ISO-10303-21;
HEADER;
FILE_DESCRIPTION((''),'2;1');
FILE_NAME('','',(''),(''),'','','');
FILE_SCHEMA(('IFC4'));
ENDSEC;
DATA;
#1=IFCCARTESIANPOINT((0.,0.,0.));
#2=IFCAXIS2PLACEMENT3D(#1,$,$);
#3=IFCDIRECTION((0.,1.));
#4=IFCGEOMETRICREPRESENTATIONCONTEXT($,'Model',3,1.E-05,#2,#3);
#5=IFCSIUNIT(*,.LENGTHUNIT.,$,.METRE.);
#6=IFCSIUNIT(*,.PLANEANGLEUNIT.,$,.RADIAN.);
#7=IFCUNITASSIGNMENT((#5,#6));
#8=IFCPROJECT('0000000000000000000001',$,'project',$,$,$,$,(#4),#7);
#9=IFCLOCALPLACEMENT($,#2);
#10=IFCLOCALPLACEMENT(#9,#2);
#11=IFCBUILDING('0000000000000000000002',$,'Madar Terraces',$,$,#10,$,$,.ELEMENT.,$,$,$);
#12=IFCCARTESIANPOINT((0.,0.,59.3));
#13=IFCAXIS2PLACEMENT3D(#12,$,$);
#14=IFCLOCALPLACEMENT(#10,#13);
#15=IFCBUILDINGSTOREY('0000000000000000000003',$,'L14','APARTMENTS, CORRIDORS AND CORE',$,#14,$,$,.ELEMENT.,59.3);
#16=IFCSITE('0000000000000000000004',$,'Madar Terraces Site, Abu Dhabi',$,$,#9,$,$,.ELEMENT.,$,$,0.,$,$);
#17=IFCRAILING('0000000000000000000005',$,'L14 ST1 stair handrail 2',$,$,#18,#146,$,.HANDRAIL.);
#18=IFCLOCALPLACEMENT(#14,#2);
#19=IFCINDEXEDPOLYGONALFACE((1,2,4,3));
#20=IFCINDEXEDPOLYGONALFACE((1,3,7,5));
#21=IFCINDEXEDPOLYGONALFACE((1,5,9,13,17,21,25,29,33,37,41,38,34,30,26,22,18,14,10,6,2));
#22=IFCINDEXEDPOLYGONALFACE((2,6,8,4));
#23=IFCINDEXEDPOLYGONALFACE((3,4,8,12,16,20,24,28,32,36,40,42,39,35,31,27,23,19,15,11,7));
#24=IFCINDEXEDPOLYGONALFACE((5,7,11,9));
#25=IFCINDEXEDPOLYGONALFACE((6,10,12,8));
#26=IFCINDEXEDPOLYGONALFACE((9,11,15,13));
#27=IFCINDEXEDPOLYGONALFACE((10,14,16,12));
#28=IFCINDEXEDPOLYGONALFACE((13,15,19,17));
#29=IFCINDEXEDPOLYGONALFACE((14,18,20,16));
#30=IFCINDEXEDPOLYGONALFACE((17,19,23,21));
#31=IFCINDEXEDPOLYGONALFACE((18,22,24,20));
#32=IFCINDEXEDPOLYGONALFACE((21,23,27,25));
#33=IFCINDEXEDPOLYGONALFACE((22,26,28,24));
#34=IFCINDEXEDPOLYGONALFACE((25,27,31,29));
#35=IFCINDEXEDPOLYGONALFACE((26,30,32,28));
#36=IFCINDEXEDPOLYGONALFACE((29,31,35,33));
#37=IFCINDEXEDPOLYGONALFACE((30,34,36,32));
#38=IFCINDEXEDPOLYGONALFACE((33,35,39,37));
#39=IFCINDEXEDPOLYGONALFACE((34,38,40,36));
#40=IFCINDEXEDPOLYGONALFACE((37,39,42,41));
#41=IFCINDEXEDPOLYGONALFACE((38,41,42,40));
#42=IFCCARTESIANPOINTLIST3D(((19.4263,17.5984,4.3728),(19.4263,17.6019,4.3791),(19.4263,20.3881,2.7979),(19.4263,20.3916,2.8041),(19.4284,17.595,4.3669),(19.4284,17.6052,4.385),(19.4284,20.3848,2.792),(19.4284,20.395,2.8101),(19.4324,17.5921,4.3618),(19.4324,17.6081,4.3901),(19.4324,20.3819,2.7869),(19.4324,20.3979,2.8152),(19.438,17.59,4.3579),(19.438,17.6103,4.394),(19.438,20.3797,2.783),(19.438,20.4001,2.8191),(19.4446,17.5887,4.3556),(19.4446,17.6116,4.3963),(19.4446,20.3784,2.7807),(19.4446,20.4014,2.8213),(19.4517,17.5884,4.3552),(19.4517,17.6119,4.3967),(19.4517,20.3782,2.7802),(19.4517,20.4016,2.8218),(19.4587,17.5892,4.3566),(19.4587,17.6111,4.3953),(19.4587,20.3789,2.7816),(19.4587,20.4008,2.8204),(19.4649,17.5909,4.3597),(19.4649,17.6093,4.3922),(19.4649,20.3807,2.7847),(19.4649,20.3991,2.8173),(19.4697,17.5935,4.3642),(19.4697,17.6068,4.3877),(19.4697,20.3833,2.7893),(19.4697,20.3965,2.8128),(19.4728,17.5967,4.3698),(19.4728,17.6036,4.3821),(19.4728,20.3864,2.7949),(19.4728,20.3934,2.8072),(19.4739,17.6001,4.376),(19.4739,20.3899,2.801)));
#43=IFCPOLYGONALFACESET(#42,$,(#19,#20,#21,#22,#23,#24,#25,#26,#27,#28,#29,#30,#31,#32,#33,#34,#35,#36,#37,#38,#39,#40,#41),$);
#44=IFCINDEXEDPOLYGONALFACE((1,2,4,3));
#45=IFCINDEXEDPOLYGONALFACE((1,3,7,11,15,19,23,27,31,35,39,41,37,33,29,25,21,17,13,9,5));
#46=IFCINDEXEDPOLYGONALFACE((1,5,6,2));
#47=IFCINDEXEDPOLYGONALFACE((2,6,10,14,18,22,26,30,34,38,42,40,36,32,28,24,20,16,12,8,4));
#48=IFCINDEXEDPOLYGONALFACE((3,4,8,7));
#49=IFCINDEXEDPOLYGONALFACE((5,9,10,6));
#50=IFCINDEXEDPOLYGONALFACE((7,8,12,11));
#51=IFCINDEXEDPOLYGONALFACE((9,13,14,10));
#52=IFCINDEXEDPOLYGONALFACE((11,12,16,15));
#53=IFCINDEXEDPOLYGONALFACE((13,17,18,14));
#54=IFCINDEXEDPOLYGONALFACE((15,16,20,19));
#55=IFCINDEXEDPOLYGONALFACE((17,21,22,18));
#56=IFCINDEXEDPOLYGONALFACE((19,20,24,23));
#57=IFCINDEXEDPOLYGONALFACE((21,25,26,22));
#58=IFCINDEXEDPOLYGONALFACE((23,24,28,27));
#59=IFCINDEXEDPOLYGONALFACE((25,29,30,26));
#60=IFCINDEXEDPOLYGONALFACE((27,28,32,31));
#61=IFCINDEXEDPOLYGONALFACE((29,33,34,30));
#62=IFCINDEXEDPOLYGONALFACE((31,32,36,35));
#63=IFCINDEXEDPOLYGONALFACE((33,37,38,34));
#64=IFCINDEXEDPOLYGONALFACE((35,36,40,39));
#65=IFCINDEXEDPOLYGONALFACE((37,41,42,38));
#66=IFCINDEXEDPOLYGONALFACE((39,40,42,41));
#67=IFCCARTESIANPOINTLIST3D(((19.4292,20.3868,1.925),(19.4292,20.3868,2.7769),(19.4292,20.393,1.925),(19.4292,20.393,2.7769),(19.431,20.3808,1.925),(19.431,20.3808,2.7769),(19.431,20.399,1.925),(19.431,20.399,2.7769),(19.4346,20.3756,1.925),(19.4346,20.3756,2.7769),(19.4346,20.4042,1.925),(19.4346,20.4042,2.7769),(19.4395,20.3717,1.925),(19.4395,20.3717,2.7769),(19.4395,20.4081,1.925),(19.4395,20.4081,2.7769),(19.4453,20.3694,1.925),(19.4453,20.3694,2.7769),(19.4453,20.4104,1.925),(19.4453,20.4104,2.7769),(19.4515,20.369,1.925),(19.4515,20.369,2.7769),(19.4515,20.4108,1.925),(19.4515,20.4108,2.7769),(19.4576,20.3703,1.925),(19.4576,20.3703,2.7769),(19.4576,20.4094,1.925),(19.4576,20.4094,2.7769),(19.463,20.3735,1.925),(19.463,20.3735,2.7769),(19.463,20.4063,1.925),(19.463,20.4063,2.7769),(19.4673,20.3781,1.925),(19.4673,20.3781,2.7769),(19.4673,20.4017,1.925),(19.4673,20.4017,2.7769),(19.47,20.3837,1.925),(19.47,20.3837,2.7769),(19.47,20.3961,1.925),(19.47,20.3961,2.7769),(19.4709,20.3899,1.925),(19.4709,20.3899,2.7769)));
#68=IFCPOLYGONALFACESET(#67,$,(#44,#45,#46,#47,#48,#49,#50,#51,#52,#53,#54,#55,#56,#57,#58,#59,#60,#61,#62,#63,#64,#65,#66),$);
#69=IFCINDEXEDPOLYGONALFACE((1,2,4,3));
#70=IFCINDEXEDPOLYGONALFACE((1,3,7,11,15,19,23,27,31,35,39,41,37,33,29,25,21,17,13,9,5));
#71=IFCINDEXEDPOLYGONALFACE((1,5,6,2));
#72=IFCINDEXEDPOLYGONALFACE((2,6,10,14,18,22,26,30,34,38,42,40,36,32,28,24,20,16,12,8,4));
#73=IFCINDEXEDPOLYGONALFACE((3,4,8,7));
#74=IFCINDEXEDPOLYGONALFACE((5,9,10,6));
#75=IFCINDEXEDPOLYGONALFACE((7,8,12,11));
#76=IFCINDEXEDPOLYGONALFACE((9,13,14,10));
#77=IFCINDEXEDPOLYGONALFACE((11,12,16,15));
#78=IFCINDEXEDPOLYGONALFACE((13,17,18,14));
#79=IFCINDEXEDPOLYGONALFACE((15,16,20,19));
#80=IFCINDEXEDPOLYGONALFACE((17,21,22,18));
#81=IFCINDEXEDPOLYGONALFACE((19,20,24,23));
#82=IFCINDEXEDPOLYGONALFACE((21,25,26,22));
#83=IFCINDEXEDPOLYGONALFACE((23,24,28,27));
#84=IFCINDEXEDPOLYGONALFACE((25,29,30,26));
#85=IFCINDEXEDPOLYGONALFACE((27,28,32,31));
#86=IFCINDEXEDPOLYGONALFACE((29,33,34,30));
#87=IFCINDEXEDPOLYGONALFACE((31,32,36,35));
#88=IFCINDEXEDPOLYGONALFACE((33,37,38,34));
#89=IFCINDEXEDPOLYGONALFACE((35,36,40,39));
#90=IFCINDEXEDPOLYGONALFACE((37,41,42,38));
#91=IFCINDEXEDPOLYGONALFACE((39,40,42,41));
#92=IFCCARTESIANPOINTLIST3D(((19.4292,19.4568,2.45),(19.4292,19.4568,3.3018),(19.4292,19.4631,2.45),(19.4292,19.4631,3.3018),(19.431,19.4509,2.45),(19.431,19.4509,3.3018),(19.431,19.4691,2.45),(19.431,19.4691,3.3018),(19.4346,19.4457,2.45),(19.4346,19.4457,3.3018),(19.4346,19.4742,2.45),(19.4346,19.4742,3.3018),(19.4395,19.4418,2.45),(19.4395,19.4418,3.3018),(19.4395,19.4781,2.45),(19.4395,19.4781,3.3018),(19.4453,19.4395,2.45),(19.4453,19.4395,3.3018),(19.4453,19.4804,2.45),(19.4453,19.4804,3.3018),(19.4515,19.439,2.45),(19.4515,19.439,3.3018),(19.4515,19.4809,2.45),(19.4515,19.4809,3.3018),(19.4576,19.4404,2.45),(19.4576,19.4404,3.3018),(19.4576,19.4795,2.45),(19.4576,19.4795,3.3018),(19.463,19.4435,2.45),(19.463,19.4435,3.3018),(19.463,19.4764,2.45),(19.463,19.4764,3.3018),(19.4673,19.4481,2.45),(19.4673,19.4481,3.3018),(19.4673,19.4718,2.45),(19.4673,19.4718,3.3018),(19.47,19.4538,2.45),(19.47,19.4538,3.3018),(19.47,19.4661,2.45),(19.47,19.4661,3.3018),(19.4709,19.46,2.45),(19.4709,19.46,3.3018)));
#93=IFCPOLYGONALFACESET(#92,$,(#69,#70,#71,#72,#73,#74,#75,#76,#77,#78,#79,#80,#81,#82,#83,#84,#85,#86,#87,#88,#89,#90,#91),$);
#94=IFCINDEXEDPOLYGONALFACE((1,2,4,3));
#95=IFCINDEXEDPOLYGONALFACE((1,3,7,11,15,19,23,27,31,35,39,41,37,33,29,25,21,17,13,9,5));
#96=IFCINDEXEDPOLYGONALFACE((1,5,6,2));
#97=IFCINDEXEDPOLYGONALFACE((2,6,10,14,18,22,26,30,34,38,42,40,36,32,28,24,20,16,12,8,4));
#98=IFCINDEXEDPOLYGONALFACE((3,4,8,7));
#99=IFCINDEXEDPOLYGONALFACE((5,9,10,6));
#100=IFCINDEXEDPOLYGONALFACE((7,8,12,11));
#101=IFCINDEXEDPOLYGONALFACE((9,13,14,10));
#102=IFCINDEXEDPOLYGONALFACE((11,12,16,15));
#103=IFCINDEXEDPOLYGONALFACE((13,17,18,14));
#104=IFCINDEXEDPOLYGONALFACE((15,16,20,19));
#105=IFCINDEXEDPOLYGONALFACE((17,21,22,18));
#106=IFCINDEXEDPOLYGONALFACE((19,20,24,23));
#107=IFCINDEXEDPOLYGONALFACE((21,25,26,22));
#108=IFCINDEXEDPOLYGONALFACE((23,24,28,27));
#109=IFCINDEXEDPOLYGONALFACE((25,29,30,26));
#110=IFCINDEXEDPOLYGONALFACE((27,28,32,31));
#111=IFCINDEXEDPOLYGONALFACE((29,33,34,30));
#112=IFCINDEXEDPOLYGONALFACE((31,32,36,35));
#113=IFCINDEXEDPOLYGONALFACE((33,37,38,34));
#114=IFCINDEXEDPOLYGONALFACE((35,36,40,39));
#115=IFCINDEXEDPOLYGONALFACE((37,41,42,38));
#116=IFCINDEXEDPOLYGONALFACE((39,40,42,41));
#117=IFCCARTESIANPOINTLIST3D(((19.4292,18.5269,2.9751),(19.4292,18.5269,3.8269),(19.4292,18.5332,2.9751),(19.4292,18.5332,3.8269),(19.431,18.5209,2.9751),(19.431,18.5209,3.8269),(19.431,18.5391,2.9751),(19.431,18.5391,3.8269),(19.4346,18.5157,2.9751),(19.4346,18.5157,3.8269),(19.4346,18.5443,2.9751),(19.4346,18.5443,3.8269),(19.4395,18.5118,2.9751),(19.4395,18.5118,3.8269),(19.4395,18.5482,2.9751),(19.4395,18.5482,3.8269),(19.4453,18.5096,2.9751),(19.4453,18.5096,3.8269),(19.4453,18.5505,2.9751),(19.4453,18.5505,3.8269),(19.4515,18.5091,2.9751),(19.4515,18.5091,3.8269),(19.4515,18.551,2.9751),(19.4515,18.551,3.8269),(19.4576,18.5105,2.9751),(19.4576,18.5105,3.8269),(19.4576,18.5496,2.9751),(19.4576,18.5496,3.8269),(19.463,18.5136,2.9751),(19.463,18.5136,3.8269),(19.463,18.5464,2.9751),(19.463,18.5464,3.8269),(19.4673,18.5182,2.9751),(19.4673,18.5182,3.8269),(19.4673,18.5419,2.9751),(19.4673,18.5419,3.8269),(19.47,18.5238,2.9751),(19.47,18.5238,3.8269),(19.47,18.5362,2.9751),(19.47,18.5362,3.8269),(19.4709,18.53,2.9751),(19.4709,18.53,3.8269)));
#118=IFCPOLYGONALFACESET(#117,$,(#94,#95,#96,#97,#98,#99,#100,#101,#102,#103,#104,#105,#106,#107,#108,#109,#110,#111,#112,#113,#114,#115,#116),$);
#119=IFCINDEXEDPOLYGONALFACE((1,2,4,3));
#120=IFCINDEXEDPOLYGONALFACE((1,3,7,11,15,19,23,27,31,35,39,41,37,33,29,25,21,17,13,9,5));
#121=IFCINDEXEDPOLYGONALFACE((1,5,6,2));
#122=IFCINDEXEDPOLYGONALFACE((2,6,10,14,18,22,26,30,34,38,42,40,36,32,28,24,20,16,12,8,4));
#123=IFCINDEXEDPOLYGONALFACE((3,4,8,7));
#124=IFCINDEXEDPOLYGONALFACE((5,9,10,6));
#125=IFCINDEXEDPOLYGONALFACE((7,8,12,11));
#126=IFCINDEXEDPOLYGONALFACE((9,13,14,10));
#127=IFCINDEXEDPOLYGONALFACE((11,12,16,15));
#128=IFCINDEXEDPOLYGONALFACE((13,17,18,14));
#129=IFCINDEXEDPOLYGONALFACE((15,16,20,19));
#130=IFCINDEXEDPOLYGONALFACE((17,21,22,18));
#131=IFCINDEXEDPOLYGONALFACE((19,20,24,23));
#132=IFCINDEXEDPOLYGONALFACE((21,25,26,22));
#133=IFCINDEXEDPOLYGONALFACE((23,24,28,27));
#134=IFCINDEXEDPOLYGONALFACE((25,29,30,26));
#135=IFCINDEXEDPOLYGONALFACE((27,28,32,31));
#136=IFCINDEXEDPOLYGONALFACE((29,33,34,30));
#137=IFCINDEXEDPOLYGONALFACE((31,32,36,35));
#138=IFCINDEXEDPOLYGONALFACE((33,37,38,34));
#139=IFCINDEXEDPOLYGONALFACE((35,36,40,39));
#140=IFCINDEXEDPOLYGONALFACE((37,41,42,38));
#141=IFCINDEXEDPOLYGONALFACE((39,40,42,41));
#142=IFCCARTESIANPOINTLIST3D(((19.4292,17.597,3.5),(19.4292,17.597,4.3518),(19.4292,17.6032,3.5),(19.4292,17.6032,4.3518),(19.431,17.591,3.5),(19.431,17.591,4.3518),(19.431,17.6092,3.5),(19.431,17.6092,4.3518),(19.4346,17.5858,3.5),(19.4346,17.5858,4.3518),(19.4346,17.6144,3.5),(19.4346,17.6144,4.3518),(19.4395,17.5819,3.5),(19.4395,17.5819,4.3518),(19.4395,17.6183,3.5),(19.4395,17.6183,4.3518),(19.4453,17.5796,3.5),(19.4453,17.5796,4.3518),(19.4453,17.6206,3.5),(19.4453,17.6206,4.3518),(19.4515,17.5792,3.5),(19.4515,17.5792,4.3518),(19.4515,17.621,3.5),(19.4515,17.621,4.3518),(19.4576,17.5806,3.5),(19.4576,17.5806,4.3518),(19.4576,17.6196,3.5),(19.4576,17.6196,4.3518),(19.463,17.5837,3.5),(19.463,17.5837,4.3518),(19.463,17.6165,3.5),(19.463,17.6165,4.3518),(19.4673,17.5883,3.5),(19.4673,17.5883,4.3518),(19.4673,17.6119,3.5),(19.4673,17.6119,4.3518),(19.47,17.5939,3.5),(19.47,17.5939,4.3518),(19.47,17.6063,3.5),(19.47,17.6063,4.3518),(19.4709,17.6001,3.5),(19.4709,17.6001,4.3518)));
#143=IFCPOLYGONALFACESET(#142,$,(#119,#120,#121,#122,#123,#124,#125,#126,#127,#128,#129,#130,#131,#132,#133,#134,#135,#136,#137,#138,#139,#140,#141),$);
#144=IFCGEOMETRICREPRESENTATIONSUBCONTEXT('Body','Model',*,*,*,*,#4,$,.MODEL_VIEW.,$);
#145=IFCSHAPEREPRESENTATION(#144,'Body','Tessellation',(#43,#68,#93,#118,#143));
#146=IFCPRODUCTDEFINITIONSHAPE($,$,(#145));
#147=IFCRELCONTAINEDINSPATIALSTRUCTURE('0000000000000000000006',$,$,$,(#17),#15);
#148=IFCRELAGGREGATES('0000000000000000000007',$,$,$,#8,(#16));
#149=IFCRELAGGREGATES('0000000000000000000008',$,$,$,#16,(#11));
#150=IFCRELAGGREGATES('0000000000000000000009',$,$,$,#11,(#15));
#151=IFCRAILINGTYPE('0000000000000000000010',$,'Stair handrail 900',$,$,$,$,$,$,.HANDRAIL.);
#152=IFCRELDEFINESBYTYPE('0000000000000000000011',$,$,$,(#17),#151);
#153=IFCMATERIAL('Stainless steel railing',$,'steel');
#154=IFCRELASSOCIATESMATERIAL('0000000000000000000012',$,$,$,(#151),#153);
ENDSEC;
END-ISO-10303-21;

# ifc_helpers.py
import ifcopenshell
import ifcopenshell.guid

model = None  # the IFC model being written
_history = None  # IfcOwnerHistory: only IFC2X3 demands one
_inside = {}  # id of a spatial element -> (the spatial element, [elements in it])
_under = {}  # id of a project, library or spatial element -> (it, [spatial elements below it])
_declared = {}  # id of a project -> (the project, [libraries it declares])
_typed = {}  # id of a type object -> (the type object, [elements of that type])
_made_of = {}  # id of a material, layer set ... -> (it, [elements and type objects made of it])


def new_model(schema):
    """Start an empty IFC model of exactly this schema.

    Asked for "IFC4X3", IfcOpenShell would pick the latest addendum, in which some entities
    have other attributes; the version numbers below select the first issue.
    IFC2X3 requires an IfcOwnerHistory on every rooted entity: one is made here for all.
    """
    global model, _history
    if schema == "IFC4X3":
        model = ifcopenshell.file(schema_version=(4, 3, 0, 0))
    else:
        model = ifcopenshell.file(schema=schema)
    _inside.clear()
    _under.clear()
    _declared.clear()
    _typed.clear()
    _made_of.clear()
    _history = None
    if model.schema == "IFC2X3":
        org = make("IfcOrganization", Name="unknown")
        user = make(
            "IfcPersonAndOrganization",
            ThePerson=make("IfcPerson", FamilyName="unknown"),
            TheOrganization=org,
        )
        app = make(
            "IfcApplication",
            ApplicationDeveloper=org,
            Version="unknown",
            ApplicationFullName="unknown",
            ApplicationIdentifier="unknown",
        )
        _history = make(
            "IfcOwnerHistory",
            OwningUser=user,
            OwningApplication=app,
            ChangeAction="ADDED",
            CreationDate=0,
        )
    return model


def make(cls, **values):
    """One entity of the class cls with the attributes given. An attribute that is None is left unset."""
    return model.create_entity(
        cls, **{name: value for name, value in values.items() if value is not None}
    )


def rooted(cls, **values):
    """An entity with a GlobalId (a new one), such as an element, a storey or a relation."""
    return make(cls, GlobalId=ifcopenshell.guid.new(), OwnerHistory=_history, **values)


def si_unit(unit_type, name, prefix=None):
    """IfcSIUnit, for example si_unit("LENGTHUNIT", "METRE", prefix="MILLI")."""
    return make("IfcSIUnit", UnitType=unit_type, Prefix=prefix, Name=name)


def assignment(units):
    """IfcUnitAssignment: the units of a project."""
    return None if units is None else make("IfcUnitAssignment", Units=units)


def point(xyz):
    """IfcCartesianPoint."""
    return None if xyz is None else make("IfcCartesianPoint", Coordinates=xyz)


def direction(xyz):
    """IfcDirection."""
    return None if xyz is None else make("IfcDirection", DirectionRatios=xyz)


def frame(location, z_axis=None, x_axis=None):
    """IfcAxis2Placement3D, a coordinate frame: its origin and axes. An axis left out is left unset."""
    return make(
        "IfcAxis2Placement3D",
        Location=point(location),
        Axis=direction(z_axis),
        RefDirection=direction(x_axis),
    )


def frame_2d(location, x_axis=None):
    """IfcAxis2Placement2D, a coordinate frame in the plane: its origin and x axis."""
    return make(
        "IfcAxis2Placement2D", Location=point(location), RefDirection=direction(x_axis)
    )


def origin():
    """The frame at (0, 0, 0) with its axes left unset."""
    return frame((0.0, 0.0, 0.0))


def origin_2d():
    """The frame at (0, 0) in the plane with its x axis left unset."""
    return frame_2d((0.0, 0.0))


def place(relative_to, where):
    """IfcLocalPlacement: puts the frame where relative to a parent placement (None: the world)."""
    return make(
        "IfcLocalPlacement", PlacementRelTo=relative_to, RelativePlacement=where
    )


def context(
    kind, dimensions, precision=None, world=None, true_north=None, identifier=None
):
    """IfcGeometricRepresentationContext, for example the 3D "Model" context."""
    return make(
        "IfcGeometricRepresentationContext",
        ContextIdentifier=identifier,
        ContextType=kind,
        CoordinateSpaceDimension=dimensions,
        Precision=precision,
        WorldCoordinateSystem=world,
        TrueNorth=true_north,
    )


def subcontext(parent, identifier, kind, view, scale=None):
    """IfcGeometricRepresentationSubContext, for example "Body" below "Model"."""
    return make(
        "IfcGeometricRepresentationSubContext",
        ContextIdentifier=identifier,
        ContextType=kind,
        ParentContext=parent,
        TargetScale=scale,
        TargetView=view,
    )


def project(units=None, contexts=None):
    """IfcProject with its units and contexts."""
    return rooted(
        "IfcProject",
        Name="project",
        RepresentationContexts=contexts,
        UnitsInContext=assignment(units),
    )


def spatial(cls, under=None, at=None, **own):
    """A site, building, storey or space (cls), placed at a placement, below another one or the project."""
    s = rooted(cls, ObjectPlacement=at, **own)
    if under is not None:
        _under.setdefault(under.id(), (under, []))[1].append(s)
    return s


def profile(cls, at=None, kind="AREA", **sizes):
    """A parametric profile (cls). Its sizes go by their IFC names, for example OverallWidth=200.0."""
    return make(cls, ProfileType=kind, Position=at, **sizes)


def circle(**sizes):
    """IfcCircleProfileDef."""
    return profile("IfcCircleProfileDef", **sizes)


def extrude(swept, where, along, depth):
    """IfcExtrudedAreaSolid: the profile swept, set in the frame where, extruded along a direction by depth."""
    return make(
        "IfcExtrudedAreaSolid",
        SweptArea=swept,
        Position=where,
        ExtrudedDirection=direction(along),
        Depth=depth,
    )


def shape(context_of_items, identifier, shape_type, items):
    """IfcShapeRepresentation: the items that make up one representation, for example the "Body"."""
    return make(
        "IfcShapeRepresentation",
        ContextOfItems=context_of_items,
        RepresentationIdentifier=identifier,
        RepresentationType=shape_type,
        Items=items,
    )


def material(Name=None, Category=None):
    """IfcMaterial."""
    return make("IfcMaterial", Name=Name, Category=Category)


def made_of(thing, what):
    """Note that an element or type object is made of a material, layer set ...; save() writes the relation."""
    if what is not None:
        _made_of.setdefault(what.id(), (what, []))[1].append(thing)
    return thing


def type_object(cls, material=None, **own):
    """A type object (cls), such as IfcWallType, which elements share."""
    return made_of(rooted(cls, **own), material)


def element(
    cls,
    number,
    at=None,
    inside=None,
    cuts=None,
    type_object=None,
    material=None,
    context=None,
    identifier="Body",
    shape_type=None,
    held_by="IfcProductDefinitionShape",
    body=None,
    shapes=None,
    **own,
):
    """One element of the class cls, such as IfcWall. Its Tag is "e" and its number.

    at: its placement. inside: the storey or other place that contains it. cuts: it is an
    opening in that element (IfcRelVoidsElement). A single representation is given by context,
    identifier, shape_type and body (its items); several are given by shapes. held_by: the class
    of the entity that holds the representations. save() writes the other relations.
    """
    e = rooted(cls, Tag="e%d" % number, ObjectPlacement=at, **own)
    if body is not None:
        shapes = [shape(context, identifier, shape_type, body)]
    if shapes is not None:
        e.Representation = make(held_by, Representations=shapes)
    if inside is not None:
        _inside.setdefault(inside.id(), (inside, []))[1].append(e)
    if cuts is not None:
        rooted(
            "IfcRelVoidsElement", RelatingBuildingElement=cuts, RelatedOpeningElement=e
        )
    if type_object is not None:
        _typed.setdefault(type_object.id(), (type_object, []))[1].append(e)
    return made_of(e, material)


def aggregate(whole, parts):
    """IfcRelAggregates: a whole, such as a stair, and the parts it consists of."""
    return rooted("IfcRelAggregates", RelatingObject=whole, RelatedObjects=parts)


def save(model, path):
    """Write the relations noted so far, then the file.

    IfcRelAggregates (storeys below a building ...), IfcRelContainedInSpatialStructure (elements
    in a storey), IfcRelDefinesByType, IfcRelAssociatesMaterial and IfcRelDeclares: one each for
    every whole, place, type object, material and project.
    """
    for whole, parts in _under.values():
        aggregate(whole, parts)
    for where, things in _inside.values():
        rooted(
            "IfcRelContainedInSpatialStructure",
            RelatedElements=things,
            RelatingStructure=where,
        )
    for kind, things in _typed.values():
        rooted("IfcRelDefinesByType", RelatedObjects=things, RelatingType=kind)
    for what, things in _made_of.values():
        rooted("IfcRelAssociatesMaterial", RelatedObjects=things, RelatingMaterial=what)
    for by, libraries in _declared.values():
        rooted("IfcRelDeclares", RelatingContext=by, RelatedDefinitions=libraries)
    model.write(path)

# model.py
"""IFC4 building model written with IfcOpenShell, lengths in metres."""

from ifc_helpers import new_model, si_unit, direction, frame, origin, origin_2d, place, context, subcontext, project, spatial, circle, extrude, material, type_object, element, save


model = new_model("IFC4")

# Units and contexts
model_context = context("Model", 3, precision=1e-05, world=origin(), true_north=direction((0.0, 1.0)))
body_context = subcontext(model_context, "Body", "Model", "MODEL_VIEW")
ifc_project = project(units=[si_unit("LENGTHUNIT", "METRE"), si_unit("PLANEANGLEUNIT", "RADIAN")], contexts=[model_context])

# Site, building, storey
site_placement = place(None, origin())
site = spatial("IfcSite", under=ifc_project, at=site_placement, Name="Madar Terraces Site, Abu Dhabi", CompositionType="ELEMENT", RefElevation=0.0)
building_placement = place(site_placement, origin())
building = spatial("IfcBuilding", under=site, at=building_placement, Name="Madar Terraces", CompositionType="ELEMENT")
storey_placement = place(building_placement, frame((0.0, 0.0, 59.3)))
storey = spatial("IfcBuildingStorey", under=building, at=storey_placement, Name="L14", Description="APARTMENTS, CORRIDORS AND CORE", CompositionType="ELEMENT", Elevation=59.3)

# Railing
ifc_material_1 = material(Name="Stainless steel railing", Category="steel")
railing_type_1 = type_object("IfcRailingType", Name="Stair handrail 900", PredefinedType="HANDRAIL", material=ifc_material_1)
railing_1_placement = place(storey_placement, frame((19.45, 20.3899, 1.925)))
element("IfcRailing", 1, at=railing_1_placement, inside=storey, type_object=railing_type_1, Name="L14 ST1 stair handrail 2", PredefinedType="HANDRAIL", context=body_context, shape_type="SweptSolid", body=[
    extrude(circle(Radius=0.0239, at=origin_2d()), frame((0.0, 0.0, 0.876), z_axis=(0.0, -0.870815, 0.49161), x_axis=(1.0, 0.0, 0.0)), (0.0, 0.0, 1.0), 3.2036),
    extrude(circle(Radius=0.021, at=origin_2d()), origin(), (0.0, 0.0, 1.0), 0.8518),
    extrude(circle(Radius=0.021, at=origin_2d()), frame((0.0, -0.9299, 0.5249)), (0.0, 0.0, 1.0), 0.8518),
    extrude(circle(Radius=0.021, at=origin_2d()), frame((0.0, -1.8599, 1.05)), (0.0, 0.0, 1.0), 0.8518),
    extrude(circle(Radius=0.021, at=origin_2d()), frame((0.0, -2.7898, 1.575)), (0.0, 0.0, 1.0), 0.8518),
])

save(model, "model.ifc")
